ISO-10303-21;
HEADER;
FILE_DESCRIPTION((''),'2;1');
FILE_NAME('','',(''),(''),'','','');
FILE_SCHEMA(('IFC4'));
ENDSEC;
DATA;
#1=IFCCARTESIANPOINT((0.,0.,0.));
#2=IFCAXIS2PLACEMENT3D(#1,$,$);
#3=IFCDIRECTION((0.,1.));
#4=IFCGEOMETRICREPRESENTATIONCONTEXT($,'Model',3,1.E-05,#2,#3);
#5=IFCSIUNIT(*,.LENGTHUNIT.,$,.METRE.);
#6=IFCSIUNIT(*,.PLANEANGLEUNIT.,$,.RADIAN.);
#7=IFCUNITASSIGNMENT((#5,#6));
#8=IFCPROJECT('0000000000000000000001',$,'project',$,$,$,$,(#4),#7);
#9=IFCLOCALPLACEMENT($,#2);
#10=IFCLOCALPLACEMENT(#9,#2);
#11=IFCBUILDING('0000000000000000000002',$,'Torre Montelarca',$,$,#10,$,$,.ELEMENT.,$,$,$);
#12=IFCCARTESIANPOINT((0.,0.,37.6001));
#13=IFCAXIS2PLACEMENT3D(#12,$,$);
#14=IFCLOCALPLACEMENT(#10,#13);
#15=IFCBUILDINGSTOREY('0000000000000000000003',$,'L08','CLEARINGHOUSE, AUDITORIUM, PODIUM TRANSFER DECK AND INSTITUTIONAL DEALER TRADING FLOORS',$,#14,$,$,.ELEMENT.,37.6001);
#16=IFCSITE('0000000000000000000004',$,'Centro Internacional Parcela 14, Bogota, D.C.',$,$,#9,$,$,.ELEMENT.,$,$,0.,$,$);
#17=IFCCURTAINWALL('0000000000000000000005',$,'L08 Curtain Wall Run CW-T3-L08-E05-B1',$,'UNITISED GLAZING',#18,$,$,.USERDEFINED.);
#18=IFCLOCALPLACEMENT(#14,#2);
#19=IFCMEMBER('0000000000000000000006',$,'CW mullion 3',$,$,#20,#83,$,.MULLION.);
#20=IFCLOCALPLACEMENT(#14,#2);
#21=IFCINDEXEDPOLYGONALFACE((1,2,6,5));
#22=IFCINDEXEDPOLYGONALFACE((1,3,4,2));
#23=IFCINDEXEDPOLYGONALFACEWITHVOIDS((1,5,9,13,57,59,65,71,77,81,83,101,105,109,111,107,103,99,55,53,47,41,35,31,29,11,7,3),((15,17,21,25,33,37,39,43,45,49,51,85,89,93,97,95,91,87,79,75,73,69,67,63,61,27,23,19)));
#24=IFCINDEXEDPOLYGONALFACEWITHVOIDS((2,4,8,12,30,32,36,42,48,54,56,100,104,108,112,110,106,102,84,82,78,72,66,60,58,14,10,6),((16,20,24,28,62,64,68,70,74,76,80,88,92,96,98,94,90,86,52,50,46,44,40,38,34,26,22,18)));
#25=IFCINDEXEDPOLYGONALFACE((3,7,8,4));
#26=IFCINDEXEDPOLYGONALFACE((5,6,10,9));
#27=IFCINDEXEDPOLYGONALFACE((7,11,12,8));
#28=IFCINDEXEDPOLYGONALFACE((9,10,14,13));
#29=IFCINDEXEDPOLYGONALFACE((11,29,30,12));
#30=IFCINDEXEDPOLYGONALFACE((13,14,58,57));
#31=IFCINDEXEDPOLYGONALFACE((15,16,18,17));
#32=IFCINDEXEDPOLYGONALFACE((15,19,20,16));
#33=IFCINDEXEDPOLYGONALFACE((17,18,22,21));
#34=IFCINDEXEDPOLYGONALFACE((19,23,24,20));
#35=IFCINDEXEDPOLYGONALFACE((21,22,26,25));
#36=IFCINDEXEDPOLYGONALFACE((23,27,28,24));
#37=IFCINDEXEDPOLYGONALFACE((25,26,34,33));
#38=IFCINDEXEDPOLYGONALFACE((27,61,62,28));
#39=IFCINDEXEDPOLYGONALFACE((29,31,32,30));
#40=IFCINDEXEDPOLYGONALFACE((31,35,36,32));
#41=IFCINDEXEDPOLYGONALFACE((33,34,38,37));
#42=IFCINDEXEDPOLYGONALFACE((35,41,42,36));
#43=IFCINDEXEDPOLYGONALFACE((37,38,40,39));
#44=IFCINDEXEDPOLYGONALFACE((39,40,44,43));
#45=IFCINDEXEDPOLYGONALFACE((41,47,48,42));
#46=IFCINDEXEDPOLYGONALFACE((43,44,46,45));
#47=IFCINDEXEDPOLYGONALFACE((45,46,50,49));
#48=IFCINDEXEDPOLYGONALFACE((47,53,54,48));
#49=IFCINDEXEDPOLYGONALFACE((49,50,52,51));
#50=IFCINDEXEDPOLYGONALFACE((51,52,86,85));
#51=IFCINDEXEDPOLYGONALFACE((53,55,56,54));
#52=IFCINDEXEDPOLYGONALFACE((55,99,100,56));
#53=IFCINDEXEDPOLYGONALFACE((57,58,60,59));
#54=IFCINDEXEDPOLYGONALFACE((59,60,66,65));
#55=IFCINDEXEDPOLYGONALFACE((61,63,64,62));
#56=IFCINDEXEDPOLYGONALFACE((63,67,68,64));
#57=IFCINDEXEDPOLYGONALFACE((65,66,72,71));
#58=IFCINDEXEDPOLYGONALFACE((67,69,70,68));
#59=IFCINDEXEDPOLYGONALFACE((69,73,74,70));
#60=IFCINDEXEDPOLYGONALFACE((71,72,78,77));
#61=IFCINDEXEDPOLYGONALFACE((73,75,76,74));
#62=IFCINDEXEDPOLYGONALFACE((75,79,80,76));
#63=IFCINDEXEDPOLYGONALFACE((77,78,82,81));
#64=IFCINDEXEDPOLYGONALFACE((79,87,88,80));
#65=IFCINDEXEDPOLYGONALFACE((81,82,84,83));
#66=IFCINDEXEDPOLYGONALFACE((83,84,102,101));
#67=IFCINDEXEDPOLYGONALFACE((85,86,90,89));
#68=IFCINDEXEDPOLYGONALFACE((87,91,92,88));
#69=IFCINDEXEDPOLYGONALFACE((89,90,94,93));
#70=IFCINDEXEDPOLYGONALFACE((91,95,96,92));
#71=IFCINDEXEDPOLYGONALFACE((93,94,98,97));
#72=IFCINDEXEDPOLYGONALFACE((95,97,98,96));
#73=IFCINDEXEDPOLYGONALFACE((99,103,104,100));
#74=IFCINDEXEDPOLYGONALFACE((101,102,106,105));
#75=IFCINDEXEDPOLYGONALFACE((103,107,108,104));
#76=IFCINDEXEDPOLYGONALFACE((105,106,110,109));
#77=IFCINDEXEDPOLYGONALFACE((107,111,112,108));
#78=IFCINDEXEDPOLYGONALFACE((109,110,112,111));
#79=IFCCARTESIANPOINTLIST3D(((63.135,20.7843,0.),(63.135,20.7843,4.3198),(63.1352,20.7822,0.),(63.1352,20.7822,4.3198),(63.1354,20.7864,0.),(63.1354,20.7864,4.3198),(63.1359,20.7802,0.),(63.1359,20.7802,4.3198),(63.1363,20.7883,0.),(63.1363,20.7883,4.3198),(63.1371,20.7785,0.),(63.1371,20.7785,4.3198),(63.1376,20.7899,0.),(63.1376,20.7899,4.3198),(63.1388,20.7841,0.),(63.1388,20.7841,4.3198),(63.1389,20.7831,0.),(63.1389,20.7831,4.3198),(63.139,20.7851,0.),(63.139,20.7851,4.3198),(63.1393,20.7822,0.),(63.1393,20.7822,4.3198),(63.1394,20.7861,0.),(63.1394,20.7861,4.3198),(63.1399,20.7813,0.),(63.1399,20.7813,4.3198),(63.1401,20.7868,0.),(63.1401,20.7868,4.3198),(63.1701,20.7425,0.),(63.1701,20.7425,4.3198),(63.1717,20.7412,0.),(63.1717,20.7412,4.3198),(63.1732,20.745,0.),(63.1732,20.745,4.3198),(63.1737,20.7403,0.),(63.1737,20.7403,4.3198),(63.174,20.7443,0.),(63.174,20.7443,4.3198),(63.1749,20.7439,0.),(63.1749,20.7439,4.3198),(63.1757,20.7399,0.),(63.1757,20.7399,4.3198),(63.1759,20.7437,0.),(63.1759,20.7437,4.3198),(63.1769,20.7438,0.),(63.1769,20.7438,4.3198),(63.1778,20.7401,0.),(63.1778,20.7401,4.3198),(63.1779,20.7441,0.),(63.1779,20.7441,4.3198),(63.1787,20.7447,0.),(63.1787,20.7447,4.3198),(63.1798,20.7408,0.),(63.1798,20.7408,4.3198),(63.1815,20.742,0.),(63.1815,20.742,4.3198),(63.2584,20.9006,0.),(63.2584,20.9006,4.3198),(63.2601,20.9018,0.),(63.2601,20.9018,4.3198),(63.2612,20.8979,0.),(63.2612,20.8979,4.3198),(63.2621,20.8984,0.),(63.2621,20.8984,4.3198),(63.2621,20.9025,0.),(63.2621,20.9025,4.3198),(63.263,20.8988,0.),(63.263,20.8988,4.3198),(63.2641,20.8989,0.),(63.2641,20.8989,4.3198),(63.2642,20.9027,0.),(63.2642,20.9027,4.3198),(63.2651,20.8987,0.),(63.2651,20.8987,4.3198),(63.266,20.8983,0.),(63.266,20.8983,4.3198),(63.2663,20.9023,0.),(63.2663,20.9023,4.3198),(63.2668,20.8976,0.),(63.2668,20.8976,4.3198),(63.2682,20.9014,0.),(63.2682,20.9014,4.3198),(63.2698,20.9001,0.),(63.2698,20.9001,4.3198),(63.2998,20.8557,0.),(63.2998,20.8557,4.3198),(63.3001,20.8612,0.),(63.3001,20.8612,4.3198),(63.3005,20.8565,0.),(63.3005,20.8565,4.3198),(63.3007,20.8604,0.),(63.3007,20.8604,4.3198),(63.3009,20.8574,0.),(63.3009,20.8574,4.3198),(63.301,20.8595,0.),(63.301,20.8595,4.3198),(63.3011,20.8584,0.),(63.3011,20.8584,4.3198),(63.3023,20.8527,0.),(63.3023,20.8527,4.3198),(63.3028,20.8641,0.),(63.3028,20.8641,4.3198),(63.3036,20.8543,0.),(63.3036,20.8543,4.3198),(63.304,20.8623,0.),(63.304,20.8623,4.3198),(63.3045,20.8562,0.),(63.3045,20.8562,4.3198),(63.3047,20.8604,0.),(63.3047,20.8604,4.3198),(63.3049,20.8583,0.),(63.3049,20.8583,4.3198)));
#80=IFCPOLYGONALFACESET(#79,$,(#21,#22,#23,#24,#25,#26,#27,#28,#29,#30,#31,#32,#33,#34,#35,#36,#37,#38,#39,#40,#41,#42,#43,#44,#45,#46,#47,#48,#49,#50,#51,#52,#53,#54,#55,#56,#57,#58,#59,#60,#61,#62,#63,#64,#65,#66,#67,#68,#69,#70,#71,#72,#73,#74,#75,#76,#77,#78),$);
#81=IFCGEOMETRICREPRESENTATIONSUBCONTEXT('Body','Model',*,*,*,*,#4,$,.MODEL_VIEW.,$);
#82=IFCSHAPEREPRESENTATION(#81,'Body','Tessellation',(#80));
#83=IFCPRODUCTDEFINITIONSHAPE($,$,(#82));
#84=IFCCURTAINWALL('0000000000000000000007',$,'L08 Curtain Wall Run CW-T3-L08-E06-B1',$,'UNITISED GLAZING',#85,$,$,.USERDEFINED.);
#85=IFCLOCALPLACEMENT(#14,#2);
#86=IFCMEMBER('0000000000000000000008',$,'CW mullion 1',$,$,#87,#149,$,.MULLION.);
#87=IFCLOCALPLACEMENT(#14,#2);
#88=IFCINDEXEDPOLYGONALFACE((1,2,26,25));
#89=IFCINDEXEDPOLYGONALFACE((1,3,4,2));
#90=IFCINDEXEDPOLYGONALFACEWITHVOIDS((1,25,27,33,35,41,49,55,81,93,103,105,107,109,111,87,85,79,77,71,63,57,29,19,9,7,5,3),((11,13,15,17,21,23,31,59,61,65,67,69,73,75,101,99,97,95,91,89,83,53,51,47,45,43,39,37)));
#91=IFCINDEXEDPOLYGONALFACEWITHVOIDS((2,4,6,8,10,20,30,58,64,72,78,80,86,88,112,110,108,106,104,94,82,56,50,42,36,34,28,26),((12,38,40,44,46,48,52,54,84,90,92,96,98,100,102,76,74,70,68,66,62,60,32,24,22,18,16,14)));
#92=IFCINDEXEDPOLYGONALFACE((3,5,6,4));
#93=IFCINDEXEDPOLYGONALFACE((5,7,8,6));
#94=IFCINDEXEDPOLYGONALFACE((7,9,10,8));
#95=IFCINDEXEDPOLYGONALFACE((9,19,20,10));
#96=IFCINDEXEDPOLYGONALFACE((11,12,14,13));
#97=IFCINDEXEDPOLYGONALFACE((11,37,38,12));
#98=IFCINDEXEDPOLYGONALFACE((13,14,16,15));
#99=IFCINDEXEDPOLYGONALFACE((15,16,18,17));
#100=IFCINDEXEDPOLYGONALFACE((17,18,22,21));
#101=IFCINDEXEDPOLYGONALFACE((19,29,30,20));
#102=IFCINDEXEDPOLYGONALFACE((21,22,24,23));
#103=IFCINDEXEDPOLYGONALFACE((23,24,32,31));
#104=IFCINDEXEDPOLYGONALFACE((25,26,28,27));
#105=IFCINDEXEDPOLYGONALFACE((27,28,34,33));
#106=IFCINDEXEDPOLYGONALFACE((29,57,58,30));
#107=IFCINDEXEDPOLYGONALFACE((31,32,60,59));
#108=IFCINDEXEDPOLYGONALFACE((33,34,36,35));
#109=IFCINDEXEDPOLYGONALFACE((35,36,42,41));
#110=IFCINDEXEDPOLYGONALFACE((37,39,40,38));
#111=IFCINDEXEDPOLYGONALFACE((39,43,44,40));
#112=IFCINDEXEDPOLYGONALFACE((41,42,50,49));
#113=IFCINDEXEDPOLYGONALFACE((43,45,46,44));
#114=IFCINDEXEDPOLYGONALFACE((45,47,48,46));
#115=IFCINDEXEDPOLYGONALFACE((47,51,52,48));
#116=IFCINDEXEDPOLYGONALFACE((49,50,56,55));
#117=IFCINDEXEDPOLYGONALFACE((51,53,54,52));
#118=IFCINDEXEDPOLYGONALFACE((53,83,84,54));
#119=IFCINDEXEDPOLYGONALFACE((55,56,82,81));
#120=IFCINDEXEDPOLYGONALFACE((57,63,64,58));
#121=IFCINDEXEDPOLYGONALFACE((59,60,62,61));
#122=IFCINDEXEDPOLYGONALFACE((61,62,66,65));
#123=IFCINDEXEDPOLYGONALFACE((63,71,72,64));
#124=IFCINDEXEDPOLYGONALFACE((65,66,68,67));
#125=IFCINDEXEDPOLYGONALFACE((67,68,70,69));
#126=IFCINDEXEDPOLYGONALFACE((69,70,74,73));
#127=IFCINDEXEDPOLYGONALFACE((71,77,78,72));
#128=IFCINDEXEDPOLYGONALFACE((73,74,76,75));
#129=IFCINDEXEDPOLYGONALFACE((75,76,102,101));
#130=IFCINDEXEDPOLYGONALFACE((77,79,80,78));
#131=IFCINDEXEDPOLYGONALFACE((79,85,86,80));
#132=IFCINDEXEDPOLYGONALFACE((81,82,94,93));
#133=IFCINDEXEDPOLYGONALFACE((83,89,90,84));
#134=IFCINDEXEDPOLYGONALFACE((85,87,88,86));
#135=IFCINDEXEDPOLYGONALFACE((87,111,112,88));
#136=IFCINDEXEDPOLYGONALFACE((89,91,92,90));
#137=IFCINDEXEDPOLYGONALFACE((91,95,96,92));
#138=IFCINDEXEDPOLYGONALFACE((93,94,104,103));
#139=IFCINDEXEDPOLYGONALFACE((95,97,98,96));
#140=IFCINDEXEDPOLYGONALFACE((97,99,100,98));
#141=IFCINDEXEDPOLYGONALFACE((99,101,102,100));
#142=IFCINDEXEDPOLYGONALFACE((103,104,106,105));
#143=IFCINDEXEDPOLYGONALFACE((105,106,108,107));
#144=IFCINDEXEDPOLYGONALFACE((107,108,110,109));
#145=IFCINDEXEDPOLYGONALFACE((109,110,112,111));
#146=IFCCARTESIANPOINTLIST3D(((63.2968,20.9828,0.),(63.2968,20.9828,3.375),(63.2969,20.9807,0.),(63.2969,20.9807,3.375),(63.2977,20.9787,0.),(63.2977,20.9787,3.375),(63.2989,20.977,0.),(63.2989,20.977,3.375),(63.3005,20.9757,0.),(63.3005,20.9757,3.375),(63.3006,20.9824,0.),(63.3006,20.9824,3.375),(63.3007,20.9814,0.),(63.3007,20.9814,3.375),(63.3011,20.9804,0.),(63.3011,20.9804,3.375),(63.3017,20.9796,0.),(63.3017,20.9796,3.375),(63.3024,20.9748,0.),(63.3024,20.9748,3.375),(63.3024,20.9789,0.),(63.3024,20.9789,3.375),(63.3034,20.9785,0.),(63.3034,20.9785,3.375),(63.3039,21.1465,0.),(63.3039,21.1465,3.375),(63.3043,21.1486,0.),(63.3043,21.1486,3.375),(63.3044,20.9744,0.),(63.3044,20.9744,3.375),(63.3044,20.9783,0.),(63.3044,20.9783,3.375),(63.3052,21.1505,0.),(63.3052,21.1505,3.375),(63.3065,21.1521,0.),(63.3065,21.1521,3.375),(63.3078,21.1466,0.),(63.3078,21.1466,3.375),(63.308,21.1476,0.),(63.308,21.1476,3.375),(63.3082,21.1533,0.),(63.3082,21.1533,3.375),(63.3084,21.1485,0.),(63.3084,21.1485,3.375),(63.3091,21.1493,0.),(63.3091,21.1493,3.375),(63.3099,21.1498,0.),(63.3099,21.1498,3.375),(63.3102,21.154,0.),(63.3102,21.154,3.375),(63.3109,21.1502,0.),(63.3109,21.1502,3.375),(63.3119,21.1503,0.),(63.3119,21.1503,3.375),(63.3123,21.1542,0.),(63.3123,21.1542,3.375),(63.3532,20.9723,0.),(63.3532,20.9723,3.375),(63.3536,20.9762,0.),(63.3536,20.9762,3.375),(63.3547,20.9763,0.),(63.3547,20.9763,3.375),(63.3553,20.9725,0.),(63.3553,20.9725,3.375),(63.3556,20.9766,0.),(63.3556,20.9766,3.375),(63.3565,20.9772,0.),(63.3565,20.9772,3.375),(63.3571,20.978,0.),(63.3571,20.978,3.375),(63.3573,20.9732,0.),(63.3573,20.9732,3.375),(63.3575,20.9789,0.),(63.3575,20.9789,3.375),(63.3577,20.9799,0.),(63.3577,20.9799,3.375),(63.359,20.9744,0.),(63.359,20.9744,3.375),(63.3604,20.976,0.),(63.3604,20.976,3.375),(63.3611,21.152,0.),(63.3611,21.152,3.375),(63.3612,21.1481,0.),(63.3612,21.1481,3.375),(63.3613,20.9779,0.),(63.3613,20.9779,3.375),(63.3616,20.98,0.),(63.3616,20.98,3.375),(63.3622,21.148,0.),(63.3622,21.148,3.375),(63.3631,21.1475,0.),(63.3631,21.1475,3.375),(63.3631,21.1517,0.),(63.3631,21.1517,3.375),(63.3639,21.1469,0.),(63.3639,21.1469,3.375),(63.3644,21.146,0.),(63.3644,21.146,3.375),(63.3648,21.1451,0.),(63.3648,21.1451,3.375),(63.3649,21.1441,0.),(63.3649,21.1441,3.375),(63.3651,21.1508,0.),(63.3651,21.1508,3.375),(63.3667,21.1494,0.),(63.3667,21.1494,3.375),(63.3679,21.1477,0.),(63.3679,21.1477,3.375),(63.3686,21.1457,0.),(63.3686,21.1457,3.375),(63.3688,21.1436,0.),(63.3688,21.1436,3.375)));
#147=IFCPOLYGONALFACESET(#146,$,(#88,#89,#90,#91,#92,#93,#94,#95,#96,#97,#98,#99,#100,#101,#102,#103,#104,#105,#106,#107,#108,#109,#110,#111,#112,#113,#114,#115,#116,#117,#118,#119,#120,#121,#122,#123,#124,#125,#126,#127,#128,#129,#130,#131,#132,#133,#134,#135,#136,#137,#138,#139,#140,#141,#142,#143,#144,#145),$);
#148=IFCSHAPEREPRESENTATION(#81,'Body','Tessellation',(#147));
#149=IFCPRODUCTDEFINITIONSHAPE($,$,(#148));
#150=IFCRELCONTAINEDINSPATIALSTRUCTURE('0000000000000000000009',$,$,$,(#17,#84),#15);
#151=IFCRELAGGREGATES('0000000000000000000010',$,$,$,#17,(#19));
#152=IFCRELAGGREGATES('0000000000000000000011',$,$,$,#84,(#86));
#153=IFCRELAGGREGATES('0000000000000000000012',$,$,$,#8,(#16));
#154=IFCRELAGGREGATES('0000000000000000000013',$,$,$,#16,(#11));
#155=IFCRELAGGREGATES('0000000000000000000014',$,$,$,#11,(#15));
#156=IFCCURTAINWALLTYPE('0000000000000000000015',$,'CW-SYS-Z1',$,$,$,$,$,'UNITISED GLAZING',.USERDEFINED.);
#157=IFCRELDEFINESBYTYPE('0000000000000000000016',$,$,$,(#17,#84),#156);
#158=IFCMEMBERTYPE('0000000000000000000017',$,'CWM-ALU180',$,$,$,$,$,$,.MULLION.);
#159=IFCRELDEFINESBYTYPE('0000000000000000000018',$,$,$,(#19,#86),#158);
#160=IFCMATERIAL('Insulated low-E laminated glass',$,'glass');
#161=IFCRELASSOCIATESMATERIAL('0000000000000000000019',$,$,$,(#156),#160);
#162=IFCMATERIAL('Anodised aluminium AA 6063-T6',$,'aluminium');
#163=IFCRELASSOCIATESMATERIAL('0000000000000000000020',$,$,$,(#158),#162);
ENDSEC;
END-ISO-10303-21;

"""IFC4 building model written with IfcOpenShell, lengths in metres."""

from ifc_helpers import new_model, si_unit, direction, frame, origin, origin_2d, place, context, subcontext, project, spatial, hollow_rectangle, extrude, source, transform, mapped, material, material_profile, profile_set, type_object, element, aggregate, save


model = new_model("IFC4")

# Units and contexts
model_context = context("Model", 3, precision=1e-05, world=origin(), true_north=direction((0.0, 1.0)))
body_context = subcontext(model_context, "Body", "Model", "MODEL_VIEW")
ifc_project = project(units=[si_unit("LENGTHUNIT", "METRE"), si_unit("PLANEANGLEUNIT", "RADIAN")], contexts=[model_context])

# Site, building, storey
site_placement = place(None, origin())
site = spatial("IfcSite", under=ifc_project, at=site_placement, Name="Centro Internacional Parcela 14, Bogota, D.C.", CompositionType="ELEMENT", RefElevation=0.0)
building_placement = place(site_placement, origin())
building = spatial("IfcBuilding", under=site, at=building_placement, Name="Torre Montelarca", CompositionType="ELEMENT")
storey_placement = place(building_placement, frame((0.0, 0.0, 37.6001)))
storey = spatial("IfcBuildingStorey", under=building, at=storey_placement, Name="L08", Description="CLEARINGHOUSE, AUDITORIUM, PODIUM TRANSFER DECK AND INSTITUTIONAL DEALER TRADING FLOORS", CompositionType="ELEMENT", Elevation=37.6001)

# Curtain wall
ifc_material_1 = material(Name="Insulated low-E laminated glass", Category="glass")
curtain_wall_type = type_object("IfcCurtainWallType", Name="CW-SYS-Z1", ElementType="UNITISED GLAZING", PredefinedType="USERDEFINED", material=ifc_material_1)
ifc_material_2 = material(Name="Anodised aluminium AA 6063-T6", Category="aluminium")
curtain_wall_1_placement = place(storey_placement, origin())
curtain_wall_1 = element("IfcCurtainWall", 1, at=curtain_wall_1_placement, inside=storey, type_object=curtain_wall_type, Name="L08 Curtain Wall Run CW-T3-L08-E05-B1", ObjectType="UNITISED GLAZING", PredefinedType="USERDEFINED")

# Member
ifc_material_profile_1 = material_profile(ifc_material_2, hollow_rectangle(XDim=0.0649, YDim=0.1799, WallThickness=0.0039, InnerFilletRadius=0.0039, OuterFilletRadius=0.0081, at=origin_2d()), Name="ALU65X180X4", Category="aluminium")
ifc_profile_set_1 = profile_set([ifc_material_profile_1], Name="Anodised aluminium AA 6063-T6")
member_type_1 = type_object("IfcMemberType", Name="CWM-ALU180", PredefinedType="MULLION", material=ifc_profile_set_1)
shared_shape_1 = source(origin(), body_context, "Body", "SweptSolid", [
    extrude(hollow_rectangle(XDim=0.0649, YDim=0.1799, WallThickness=0.0039, InnerFilletRadius=0.0039, OuterFilletRadius=0.0081, at=origin_2d()), origin(), (0.0, 0.0, 1.0), 4.3198),
])
member_1_placement = place(storey_placement, frame((63.22, 20.8213, 0.0), z_axis=(0.0, 0.0, 1.0), x_axis=(-0.675574, 0.737292, 0.0)))
member_1 = element("IfcMember", 2, at=member_1_placement, type_object=member_type_1, Name="CW mullion 3", PredefinedType="MULLION", context=body_context, shape_type="MappedRepresentation", body=[
    mapped(shared_shape_1, transform((0.0, 0.0, 0.0), scale=1.0)),
])

# Curtain wall, member
curtain_wall_2_placement = place(storey_placement, origin())
curtain_wall_2 = element("IfcCurtainWall", 3, at=curtain_wall_2_placement, inside=storey, type_object=curtain_wall_type, Name="L08 Curtain Wall Run CW-T3-L08-E06-B1", ObjectType="UNITISED GLAZING", PredefinedType="USERDEFINED")
shared_shape_2 = source(origin(), body_context, "Body", "SweptSolid", [
    extrude(hollow_rectangle(XDim=0.0649, YDim=0.1799, WallThickness=0.0039, InnerFilletRadius=0.0039, OuterFilletRadius=0.0081, at=origin_2d()), origin(), (0.0, 0.0, 1.0), 3.375),
])
member_2_placement = place(storey_placement, frame((63.3328, 21.0632, 0.0), z_axis=(0.0, 0.0, 1.0), x_axis=(-0.999048, 0.043618, 0.0)))
member_2 = element("IfcMember", 4, at=member_2_placement, type_object=member_type_1, Name="CW mullion 1", PredefinedType="MULLION", context=body_context, shape_type="MappedRepresentation", body=[
    mapped(shared_shape_2, transform((0.0, 0.0, 0.0), scale=1.0)),
])

aggregate(curtain_wall_1, [member_1])
aggregate(curtain_wall_2, [member_2])

save(model, "model.ifc")
